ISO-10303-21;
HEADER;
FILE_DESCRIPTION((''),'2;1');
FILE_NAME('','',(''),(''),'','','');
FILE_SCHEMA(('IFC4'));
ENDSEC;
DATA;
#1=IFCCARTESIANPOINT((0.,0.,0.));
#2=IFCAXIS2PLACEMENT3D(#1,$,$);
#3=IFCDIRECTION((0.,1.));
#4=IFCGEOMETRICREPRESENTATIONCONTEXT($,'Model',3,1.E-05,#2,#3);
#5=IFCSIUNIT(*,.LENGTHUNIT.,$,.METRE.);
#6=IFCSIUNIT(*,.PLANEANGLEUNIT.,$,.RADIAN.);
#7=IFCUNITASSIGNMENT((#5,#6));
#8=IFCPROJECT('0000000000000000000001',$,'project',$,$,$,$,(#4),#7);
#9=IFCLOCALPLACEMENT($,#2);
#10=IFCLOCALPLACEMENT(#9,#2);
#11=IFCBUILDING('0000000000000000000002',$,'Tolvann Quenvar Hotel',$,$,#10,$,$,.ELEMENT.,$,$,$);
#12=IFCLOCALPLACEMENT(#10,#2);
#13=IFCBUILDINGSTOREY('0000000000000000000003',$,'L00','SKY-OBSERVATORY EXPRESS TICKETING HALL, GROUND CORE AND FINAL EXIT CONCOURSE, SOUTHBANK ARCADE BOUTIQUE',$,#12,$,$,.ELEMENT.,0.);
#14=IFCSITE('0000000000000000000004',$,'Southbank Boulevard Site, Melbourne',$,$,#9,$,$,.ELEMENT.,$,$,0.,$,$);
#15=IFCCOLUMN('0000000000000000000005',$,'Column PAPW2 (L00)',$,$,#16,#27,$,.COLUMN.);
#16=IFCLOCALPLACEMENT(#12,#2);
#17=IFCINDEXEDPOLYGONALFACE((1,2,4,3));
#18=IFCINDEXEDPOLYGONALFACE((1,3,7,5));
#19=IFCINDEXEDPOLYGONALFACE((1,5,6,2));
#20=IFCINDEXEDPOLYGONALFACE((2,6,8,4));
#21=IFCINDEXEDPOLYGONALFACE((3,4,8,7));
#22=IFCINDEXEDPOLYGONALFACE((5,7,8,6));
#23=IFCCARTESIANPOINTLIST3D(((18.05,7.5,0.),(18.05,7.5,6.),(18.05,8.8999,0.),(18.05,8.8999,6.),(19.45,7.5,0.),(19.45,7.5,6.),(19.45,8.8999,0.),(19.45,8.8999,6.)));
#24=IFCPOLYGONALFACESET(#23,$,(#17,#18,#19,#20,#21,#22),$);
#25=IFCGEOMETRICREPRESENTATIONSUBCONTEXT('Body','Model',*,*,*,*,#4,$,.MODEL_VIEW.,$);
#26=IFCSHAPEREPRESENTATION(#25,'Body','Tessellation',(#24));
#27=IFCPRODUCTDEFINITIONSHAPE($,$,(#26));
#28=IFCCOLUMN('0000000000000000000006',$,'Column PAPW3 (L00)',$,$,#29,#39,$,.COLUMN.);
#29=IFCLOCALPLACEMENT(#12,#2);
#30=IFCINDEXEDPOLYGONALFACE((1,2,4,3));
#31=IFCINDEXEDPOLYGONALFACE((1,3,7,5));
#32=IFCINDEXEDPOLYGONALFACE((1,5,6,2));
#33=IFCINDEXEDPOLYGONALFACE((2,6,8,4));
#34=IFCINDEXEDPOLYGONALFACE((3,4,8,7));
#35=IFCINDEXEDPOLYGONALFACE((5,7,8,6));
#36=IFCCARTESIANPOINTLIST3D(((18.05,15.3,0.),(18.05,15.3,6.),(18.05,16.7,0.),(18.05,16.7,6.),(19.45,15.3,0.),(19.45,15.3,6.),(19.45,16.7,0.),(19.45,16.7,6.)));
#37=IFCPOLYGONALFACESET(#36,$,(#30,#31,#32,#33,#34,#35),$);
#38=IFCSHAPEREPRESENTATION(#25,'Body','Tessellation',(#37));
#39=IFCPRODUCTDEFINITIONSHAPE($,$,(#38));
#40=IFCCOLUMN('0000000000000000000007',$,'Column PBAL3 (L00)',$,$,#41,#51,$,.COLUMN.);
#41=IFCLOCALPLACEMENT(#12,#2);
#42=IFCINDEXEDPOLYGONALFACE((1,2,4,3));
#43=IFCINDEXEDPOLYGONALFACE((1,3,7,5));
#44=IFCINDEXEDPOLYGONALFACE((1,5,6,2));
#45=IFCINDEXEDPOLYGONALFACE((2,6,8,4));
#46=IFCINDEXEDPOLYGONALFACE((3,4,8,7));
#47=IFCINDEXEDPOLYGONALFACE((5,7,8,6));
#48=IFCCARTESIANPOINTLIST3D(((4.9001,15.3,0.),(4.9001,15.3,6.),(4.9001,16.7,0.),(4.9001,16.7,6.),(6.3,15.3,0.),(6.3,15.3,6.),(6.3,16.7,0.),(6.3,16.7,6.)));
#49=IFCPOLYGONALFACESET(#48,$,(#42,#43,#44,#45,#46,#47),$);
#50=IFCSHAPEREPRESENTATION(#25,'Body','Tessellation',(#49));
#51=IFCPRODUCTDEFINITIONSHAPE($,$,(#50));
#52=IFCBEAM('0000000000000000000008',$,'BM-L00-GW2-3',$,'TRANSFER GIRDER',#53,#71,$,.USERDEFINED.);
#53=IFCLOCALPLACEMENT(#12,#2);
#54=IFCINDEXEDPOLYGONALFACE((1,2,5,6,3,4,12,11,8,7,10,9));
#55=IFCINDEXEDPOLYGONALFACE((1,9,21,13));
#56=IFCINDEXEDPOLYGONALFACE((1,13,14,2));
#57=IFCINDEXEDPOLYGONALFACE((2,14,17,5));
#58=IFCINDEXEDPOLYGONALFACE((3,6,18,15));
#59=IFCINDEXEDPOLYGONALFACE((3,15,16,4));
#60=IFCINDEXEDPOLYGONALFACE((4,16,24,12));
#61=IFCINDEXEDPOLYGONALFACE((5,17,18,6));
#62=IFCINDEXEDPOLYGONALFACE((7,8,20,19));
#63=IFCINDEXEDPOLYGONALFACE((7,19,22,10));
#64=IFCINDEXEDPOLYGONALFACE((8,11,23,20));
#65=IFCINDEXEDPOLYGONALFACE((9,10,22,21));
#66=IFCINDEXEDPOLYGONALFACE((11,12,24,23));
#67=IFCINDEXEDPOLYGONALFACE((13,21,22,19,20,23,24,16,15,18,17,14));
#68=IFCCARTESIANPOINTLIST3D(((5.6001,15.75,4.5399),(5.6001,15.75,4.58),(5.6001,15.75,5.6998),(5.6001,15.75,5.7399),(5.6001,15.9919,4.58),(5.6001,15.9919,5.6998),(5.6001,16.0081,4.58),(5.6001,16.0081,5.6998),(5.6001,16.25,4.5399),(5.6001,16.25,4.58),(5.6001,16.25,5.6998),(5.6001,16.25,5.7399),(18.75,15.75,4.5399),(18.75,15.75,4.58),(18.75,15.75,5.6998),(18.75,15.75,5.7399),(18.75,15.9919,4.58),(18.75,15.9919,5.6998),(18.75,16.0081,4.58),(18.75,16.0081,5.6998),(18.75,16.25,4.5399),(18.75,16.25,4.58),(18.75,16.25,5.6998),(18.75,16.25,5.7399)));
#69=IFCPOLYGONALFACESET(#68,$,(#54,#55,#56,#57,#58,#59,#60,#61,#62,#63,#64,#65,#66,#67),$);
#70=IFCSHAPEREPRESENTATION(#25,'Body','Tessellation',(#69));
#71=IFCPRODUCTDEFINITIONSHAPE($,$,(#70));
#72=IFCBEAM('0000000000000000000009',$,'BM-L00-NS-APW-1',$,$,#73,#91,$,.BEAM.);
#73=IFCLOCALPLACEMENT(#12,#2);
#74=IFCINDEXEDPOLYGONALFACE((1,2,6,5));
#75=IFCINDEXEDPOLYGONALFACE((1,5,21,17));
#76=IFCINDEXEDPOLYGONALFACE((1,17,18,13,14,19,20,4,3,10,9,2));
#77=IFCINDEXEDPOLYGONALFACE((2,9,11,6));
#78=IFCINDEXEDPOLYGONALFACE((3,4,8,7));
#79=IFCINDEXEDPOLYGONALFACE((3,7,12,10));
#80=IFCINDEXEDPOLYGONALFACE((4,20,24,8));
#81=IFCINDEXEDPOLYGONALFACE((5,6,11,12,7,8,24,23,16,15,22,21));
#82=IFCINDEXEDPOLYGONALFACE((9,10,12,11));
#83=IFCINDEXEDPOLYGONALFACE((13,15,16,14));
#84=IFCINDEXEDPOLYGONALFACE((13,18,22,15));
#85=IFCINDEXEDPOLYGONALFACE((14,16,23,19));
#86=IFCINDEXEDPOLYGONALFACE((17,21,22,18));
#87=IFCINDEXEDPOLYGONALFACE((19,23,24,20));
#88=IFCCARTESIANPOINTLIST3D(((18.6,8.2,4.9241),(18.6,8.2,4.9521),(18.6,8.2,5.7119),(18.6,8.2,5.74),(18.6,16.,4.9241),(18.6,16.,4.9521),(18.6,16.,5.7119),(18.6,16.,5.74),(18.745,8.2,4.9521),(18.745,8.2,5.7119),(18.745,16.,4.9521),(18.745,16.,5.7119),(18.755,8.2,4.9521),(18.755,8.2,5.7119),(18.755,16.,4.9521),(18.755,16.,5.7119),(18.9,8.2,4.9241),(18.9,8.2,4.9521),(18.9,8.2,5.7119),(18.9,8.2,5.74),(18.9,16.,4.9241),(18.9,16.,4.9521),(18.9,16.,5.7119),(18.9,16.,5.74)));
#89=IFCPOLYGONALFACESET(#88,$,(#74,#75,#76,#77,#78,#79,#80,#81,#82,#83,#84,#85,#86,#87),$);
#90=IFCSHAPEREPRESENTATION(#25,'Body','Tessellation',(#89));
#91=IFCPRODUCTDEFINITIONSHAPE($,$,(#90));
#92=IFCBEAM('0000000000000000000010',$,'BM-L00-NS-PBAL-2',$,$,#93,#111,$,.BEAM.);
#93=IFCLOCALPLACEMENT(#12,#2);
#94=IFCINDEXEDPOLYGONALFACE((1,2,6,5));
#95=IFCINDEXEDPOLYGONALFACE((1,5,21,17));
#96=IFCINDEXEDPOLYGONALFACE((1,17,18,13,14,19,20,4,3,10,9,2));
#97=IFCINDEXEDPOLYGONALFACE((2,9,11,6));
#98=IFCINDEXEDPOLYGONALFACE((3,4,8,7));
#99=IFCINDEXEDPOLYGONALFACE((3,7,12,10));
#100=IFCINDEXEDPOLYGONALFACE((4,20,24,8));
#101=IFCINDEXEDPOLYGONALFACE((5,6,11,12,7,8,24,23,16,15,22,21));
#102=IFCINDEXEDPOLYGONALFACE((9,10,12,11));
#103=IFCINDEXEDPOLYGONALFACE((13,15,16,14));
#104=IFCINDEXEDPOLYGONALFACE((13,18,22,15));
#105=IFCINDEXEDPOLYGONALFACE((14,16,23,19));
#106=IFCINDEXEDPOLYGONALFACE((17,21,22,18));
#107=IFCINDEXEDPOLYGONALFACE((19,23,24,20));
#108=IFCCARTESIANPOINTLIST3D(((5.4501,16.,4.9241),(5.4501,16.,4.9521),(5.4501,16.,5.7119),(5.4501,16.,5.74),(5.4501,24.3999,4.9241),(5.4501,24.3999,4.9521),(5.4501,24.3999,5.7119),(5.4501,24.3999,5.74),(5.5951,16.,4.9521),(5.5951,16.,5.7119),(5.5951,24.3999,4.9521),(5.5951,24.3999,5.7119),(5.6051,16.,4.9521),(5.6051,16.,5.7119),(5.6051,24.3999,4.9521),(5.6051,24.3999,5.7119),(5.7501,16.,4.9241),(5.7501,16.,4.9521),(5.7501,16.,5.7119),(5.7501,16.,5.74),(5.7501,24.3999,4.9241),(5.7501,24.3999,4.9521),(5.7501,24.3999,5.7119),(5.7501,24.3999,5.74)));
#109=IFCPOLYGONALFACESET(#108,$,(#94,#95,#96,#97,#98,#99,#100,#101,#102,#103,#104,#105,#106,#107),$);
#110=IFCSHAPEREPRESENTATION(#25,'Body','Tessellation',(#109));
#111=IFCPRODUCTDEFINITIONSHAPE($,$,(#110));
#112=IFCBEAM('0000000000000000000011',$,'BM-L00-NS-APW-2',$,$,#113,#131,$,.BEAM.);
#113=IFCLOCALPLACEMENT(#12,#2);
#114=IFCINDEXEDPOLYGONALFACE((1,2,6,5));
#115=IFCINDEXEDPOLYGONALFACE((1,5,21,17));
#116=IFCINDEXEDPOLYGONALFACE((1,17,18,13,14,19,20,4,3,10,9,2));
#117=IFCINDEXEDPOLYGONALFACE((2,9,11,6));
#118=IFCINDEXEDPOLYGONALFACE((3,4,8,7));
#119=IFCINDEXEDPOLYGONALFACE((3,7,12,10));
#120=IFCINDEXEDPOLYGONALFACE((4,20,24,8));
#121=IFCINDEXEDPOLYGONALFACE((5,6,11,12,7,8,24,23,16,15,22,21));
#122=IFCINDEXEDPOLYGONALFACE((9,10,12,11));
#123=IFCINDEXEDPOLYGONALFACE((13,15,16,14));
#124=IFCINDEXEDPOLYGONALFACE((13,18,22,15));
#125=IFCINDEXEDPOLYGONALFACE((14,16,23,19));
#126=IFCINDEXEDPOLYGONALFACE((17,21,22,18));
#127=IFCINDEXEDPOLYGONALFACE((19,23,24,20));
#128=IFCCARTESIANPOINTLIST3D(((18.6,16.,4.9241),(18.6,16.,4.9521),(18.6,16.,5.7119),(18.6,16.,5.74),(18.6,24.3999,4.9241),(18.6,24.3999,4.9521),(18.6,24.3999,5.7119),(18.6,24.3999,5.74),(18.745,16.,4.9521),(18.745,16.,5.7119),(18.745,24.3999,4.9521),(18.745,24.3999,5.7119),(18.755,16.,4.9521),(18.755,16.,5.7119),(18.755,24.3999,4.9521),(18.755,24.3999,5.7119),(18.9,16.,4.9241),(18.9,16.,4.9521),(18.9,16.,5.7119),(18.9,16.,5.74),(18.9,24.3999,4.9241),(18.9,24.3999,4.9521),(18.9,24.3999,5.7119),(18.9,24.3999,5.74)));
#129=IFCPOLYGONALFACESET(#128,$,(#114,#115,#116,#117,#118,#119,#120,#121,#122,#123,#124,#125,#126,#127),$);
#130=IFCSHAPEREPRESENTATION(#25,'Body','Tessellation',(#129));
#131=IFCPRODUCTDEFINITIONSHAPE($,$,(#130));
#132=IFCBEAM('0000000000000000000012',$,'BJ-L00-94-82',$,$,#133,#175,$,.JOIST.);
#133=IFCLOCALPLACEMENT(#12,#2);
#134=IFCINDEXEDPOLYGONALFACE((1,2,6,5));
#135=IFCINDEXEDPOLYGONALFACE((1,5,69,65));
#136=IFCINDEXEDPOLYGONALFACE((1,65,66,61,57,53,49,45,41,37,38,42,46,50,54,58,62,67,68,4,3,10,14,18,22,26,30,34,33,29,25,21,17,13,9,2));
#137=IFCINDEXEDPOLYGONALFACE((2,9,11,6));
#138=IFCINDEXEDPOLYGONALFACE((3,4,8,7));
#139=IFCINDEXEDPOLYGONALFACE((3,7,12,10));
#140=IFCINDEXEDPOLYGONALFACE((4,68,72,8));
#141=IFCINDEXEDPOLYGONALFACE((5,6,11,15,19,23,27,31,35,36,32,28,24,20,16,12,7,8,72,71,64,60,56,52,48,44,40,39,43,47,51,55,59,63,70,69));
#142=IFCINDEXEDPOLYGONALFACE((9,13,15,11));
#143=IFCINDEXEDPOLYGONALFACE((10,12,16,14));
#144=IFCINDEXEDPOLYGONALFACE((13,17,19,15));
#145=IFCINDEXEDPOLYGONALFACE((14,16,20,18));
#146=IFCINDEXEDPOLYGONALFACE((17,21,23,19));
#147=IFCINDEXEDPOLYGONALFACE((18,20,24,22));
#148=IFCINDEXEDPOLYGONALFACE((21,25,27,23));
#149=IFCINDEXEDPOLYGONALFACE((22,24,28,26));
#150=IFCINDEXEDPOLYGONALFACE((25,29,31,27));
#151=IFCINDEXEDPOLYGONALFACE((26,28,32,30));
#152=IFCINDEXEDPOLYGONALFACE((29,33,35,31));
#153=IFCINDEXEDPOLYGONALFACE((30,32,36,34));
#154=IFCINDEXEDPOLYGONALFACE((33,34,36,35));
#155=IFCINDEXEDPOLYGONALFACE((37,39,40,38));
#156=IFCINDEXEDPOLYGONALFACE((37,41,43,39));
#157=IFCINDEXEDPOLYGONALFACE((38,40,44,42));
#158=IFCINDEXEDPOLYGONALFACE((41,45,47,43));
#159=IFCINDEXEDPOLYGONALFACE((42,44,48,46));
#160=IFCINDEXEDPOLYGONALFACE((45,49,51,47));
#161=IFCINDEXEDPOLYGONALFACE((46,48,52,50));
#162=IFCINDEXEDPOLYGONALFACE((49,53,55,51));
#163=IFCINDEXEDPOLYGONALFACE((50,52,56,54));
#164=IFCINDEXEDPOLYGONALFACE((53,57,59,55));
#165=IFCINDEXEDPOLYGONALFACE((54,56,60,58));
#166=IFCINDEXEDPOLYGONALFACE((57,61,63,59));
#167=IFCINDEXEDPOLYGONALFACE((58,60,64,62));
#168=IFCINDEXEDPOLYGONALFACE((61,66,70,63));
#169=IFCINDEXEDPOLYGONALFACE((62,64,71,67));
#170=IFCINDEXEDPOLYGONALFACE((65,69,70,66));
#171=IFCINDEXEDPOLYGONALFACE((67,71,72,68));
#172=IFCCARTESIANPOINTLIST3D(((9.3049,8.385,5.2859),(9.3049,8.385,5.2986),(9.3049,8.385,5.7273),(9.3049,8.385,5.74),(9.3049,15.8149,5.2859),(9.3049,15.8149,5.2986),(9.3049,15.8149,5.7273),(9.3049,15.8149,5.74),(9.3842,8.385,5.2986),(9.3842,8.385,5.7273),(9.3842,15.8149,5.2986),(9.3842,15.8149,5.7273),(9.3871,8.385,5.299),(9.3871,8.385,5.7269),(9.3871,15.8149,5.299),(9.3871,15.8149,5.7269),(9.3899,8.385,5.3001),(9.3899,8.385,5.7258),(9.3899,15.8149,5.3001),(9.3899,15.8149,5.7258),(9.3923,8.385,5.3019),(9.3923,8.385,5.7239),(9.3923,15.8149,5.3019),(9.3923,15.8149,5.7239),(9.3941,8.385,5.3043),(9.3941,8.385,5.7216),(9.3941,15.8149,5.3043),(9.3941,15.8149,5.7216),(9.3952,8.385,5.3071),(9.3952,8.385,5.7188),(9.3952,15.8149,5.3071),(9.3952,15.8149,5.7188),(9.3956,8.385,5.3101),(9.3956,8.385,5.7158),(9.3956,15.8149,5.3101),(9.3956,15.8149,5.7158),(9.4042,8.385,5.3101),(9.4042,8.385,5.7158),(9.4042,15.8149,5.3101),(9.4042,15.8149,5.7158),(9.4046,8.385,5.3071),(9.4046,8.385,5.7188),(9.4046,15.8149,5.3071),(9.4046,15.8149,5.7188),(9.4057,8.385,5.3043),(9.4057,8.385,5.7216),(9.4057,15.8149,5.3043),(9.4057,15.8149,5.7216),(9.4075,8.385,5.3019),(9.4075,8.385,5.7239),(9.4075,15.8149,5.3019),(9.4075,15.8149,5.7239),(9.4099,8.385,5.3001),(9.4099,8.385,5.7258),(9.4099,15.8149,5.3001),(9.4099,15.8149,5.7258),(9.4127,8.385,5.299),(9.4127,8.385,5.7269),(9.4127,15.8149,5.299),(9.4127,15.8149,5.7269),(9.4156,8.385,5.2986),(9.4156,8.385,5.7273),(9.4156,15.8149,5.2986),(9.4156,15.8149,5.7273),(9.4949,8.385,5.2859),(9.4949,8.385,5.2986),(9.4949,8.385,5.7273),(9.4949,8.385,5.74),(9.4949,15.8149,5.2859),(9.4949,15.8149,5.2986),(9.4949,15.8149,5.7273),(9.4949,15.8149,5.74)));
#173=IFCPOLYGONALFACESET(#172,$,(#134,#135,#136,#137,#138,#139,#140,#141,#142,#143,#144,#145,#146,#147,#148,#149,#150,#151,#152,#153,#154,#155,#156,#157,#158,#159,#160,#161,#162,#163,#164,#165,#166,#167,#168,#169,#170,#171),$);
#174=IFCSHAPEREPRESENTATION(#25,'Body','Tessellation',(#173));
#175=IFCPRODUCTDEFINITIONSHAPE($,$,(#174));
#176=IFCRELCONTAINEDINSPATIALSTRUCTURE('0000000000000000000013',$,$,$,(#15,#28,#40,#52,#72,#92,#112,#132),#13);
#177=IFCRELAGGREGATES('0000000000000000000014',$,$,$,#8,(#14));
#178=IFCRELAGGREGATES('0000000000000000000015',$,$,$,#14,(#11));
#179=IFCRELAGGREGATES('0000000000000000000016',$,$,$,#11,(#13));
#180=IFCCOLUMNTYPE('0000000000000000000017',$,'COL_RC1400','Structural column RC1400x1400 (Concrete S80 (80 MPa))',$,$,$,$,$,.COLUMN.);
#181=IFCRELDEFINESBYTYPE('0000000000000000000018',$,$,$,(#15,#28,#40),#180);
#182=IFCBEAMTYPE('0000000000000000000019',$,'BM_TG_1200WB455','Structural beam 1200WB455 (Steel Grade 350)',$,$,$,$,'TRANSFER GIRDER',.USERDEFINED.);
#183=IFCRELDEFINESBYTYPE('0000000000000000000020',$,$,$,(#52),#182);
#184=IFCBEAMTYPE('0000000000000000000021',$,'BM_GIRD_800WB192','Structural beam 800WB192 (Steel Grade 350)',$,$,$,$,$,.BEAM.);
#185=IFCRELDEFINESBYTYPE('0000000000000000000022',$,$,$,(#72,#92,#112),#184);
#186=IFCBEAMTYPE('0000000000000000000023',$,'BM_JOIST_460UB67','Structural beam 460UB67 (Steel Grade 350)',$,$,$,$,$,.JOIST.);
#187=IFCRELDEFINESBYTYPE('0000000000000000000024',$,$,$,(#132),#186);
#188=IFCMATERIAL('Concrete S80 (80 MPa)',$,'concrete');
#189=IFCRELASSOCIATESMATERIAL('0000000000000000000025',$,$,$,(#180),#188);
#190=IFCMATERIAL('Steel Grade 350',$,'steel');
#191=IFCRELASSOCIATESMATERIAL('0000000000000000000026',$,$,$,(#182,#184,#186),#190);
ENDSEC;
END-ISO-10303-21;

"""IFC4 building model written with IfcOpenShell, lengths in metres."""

from ifc_helpers import new_model, si_unit, direction, frame, origin, origin_2d, place, context, subcontext, project, spatial, rectangle, i_section, extrude, source, transform, mapped, material, material_profile, profile_set, type_object, type_shapes, element, save


model = new_model("IFC4")

# Units and contexts
model_context = context("Model", 3, precision=1e-05, world=origin(), true_north=direction((0.0, 1.0)))
body_context = subcontext(model_context, "Body", "Model", "MODEL_VIEW")
ifc_project = project(units=[si_unit("LENGTHUNIT", "METRE"), si_unit("PLANEANGLEUNIT", "RADIAN")], contexts=[model_context])

# Site, building, storey
site_placement = place(None, origin())
site = spatial("IfcSite", under=ifc_project, at=site_placement, Name="Southbank Boulevard Site, Melbourne", CompositionType="ELEMENT", RefElevation=0.0)
building_placement = place(site_placement, origin())
building = spatial("IfcBuilding", under=site, at=building_placement, Name="Tolvann Quenvar Hotel", CompositionType="ELEMENT")
storey_placement = place(building_placement, origin())
storey = spatial("IfcBuildingStorey", under=building, at=storey_placement, Name="L00", Description="SKY-OBSERVATORY EXPRESS TICKETING HALL, GROUND CORE AND FINAL EXIT CONCOURSE, SOUTHBANK ARCADE BOUTIQUE", CompositionType="ELEMENT", Elevation=0.0)

# Columns
ifc_material_1 = material(Name="Concrete S80 (80 MPa)", Category="concrete")
ifc_material_profile_1 = material_profile(ifc_material_1, rectangle(XDim=1.3999, YDim=1.3999, at=origin_2d()), Name="RC1400x1400")
ifc_profile_set_1 = profile_set([ifc_material_profile_1], Name="Concrete S80 (80 MPa)")
column_type = type_object("IfcColumnType", Name="COL_RC1400", Description="Structural column RC1400x1400 (Concrete S80 (80 MPa))", PredefinedType="COLUMN", material=ifc_profile_set_1)
shared_shape_1 = source(origin(), body_context, "Body", "SweptSolid", [
    extrude(rectangle(XDim=1.3999, YDim=1.3999, at=origin_2d()), origin(), (0.0, 0.0, 1.0), 6.0),
])
type_shapes(column_type, [shared_shape_1])
for number, where, z_axis, x_axis, name in (
    (1, (18.75, 8.2, 0.0), (0.0, 0.0, 1.0), (1.0, 0.0, 0.0), "Column PAPW2 (L00)"),
    (2, (18.75, 16.0, 0.0), (0.0, 0.0, 1.0), (1.0, 0.0, 0.0), "Column PAPW3 (L00)"),
    (3, (5.6001, 16.0, 0.0), (0.0, 0.0, 1.0), (1.0, 0.0, 0.0), "Column PBAL3 (L00)"),
):
    element("IfcColumn", number, at=place(storey_placement, frame(where, z_axis=z_axis, x_axis=x_axis)), inside=storey, type_object=column_type, Name=name, PredefinedType="COLUMN", context=body_context, shape_type="MappedRepresentation", body=[
        mapped(shared_shape_1, transform((0.0, 0.0, 0.0), x_axis=(1.0, 0.0, 0.0), y_axis=(0.0, 1.0, 0.0), z_axis=(0.0, 0.0, 1.0), scale=1.0)),
    ])

# Beams
ifc_material_2 = material(Name="Steel Grade 350", Category="steel")
ifc_material_profile_2 = material_profile(ifc_material_2, i_section(OverallWidth=0.5, OverallDepth=1.2, WebThickness=0.0161, FlangeThickness=0.04, at=origin_2d()), Name="1200WB455")
ifc_profile_set_2 = profile_set([ifc_material_profile_2], Name="Steel Grade 350")
beam_type_1 = type_object("IfcBeamType", Name="BM_TG_1200WB455", Description="Structural beam 1200WB455 (Steel Grade 350)", ElementType="TRANSFER GIRDER", PredefinedType="USERDEFINED", material=ifc_profile_set_2)
shared_shape_2 = source(origin(), body_context, "Body", "SweptSolid", [
    extrude(i_section(OverallWidth=0.5, OverallDepth=1.2, WebThickness=0.0161, FlangeThickness=0.04, at=origin_2d()), origin(), (0.0, 0.0, 1.0), 13.1499),
])
type_shapes(beam_type_1, [shared_shape_2])
beam_1_placement = place(storey_placement, frame((5.6001, 16.0, 5.1399), z_axis=(1.0, 0.0, 0.0), x_axis=(0.0, 1.0, 0.0)))
element("IfcBeam", 4, at=beam_1_placement, inside=storey, type_object=beam_type_1, Name="BM-L00-GW2-3", ObjectType="TRANSFER GIRDER", PredefinedType="USERDEFINED", context=body_context, shape_type="MappedRepresentation", body=[
    mapped(shared_shape_2, transform((0.0, 0.0, 0.0), x_axis=(1.0, 0.0, 0.0), y_axis=(0.0, 1.0, 0.0), z_axis=(0.0, 0.0, 1.0), scale=1.0)),
])
ifc_material_profile_3 = material_profile(ifc_material_2, i_section(OverallWidth=0.3, OverallDepth=0.8159, WebThickness=0.01, FlangeThickness=0.0281, at=origin_2d()), Name="800WB192")
ifc_profile_set_3 = profile_set([ifc_material_profile_3], Name="Steel Grade 350")
beam_type_2 = type_object("IfcBeamType", Name="BM_GIRD_800WB192", Description="Structural beam 800WB192 (Steel Grade 350)", PredefinedType="BEAM", material=ifc_profile_set_3)
shared_shape_3 = source(origin(), body_context, "Body", "SweptSolid", [
    extrude(i_section(OverallWidth=0.3, OverallDepth=0.8159, WebThickness=0.01, FlangeThickness=0.0281, at=origin_2d()), origin(), (0.0, 0.0, 1.0), 7.8),
])
beam_2_placement = place(storey_placement, frame((18.75, 8.2, 5.332), z_axis=(0.0, 1.0, 0.0), x_axis=(-1.0, 0.0, 0.0)))
element("IfcBeam", 5, at=beam_2_placement, inside=storey, type_object=beam_type_2, Name="BM-L00-NS-APW-1", PredefinedType="BEAM", context=body_context, shape_type="MappedRepresentation", body=[
    mapped(shared_shape_3, transform((0.0, 0.0, 0.0), x_axis=(1.0, 0.0, 0.0), y_axis=(0.0, 1.0, 0.0), z_axis=(0.0, 0.0, 1.0), scale=1.0)),
])
shared_shape_4 = source(origin(), body_context, "Body", "SweptSolid", [
    extrude(i_section(OverallWidth=0.3, OverallDepth=0.8159, WebThickness=0.01, FlangeThickness=0.0281, at=origin_2d()), origin(), (0.0, 0.0, 1.0), 8.3999),
])
type_shapes(beam_type_2, [shared_shape_3, shared_shape_4])
for number, where, z_axis, x_axis, name in (
    (6, (5.6001, 16.0, 5.332), (0.0, 1.0, 0.0), (-1.0, 0.0, 0.0), "BM-L00-NS-PBAL-2"),
    (7, (18.75, 16.0, 5.332), (0.0, 1.0, 0.0), (-1.0, 0.0, 0.0), "BM-L00-NS-APW-2"),
):
    element("IfcBeam", number, at=place(storey_placement, frame(where, z_axis=z_axis, x_axis=x_axis)), inside=storey, type_object=beam_type_2, Name=name, PredefinedType="BEAM", context=body_context, shape_type="MappedRepresentation", body=[
        mapped(shared_shape_4, transform((0.0, 0.0, 0.0), x_axis=(1.0, 0.0, 0.0), y_axis=(0.0, 1.0, 0.0), z_axis=(0.0, 0.0, 1.0), scale=1.0)),
    ])
ifc_material_profile_4 = material_profile(ifc_material_2, i_section(OverallWidth=0.1899, OverallDepth=0.4541, WebThickness=0.0085, FlangeThickness=0.0127, FilletRadius=0.0115, at=origin_2d()), Name="460UB67")
ifc_profile_set_4 = profile_set([ifc_material_profile_4], Name="Steel Grade 350")
beam_type_3 = type_object("IfcBeamType", Name="BM_JOIST_460UB67", Description="Structural beam 460UB67 (Steel Grade 350)", PredefinedType="JOIST", material=ifc_profile_set_4)
shared_shape_5 = source(origin(), body_context, "Body", "SweptSolid", [
    extrude(i_section(OverallWidth=0.1899, OverallDepth=0.4541, WebThickness=0.0085, FlangeThickness=0.0127, FilletRadius=0.0115, at=origin_2d()), origin(), (0.0, 0.0, 1.0), 7.4299),
])
for number, where, z_axis, x_axis, name in (
    (8, (9.3999, 8.385, 5.5129), (0.0, 1.0, 0.0), (-1.0, 0.0, 0.0), "BJ-L00-94-82"),
):
    element("IfcBeam", number, at=place(storey_placement, frame(where, z_axis=z_axis, x_axis=x_axis)), inside=storey, type_object=beam_type_3, Name=name, PredefinedType="JOIST", context=body_context, shape_type="MappedRepresentation", body=[
        mapped(shared_shape_5, transform((0.0, 0.0, 0.0), x_axis=(1.0, 0.0, 0.0), y_axis=(0.0, 1.0, 0.0), z_axis=(0.0, 0.0, 1.0), scale=1.0)),
    ])

save(model, "model.ifc")
